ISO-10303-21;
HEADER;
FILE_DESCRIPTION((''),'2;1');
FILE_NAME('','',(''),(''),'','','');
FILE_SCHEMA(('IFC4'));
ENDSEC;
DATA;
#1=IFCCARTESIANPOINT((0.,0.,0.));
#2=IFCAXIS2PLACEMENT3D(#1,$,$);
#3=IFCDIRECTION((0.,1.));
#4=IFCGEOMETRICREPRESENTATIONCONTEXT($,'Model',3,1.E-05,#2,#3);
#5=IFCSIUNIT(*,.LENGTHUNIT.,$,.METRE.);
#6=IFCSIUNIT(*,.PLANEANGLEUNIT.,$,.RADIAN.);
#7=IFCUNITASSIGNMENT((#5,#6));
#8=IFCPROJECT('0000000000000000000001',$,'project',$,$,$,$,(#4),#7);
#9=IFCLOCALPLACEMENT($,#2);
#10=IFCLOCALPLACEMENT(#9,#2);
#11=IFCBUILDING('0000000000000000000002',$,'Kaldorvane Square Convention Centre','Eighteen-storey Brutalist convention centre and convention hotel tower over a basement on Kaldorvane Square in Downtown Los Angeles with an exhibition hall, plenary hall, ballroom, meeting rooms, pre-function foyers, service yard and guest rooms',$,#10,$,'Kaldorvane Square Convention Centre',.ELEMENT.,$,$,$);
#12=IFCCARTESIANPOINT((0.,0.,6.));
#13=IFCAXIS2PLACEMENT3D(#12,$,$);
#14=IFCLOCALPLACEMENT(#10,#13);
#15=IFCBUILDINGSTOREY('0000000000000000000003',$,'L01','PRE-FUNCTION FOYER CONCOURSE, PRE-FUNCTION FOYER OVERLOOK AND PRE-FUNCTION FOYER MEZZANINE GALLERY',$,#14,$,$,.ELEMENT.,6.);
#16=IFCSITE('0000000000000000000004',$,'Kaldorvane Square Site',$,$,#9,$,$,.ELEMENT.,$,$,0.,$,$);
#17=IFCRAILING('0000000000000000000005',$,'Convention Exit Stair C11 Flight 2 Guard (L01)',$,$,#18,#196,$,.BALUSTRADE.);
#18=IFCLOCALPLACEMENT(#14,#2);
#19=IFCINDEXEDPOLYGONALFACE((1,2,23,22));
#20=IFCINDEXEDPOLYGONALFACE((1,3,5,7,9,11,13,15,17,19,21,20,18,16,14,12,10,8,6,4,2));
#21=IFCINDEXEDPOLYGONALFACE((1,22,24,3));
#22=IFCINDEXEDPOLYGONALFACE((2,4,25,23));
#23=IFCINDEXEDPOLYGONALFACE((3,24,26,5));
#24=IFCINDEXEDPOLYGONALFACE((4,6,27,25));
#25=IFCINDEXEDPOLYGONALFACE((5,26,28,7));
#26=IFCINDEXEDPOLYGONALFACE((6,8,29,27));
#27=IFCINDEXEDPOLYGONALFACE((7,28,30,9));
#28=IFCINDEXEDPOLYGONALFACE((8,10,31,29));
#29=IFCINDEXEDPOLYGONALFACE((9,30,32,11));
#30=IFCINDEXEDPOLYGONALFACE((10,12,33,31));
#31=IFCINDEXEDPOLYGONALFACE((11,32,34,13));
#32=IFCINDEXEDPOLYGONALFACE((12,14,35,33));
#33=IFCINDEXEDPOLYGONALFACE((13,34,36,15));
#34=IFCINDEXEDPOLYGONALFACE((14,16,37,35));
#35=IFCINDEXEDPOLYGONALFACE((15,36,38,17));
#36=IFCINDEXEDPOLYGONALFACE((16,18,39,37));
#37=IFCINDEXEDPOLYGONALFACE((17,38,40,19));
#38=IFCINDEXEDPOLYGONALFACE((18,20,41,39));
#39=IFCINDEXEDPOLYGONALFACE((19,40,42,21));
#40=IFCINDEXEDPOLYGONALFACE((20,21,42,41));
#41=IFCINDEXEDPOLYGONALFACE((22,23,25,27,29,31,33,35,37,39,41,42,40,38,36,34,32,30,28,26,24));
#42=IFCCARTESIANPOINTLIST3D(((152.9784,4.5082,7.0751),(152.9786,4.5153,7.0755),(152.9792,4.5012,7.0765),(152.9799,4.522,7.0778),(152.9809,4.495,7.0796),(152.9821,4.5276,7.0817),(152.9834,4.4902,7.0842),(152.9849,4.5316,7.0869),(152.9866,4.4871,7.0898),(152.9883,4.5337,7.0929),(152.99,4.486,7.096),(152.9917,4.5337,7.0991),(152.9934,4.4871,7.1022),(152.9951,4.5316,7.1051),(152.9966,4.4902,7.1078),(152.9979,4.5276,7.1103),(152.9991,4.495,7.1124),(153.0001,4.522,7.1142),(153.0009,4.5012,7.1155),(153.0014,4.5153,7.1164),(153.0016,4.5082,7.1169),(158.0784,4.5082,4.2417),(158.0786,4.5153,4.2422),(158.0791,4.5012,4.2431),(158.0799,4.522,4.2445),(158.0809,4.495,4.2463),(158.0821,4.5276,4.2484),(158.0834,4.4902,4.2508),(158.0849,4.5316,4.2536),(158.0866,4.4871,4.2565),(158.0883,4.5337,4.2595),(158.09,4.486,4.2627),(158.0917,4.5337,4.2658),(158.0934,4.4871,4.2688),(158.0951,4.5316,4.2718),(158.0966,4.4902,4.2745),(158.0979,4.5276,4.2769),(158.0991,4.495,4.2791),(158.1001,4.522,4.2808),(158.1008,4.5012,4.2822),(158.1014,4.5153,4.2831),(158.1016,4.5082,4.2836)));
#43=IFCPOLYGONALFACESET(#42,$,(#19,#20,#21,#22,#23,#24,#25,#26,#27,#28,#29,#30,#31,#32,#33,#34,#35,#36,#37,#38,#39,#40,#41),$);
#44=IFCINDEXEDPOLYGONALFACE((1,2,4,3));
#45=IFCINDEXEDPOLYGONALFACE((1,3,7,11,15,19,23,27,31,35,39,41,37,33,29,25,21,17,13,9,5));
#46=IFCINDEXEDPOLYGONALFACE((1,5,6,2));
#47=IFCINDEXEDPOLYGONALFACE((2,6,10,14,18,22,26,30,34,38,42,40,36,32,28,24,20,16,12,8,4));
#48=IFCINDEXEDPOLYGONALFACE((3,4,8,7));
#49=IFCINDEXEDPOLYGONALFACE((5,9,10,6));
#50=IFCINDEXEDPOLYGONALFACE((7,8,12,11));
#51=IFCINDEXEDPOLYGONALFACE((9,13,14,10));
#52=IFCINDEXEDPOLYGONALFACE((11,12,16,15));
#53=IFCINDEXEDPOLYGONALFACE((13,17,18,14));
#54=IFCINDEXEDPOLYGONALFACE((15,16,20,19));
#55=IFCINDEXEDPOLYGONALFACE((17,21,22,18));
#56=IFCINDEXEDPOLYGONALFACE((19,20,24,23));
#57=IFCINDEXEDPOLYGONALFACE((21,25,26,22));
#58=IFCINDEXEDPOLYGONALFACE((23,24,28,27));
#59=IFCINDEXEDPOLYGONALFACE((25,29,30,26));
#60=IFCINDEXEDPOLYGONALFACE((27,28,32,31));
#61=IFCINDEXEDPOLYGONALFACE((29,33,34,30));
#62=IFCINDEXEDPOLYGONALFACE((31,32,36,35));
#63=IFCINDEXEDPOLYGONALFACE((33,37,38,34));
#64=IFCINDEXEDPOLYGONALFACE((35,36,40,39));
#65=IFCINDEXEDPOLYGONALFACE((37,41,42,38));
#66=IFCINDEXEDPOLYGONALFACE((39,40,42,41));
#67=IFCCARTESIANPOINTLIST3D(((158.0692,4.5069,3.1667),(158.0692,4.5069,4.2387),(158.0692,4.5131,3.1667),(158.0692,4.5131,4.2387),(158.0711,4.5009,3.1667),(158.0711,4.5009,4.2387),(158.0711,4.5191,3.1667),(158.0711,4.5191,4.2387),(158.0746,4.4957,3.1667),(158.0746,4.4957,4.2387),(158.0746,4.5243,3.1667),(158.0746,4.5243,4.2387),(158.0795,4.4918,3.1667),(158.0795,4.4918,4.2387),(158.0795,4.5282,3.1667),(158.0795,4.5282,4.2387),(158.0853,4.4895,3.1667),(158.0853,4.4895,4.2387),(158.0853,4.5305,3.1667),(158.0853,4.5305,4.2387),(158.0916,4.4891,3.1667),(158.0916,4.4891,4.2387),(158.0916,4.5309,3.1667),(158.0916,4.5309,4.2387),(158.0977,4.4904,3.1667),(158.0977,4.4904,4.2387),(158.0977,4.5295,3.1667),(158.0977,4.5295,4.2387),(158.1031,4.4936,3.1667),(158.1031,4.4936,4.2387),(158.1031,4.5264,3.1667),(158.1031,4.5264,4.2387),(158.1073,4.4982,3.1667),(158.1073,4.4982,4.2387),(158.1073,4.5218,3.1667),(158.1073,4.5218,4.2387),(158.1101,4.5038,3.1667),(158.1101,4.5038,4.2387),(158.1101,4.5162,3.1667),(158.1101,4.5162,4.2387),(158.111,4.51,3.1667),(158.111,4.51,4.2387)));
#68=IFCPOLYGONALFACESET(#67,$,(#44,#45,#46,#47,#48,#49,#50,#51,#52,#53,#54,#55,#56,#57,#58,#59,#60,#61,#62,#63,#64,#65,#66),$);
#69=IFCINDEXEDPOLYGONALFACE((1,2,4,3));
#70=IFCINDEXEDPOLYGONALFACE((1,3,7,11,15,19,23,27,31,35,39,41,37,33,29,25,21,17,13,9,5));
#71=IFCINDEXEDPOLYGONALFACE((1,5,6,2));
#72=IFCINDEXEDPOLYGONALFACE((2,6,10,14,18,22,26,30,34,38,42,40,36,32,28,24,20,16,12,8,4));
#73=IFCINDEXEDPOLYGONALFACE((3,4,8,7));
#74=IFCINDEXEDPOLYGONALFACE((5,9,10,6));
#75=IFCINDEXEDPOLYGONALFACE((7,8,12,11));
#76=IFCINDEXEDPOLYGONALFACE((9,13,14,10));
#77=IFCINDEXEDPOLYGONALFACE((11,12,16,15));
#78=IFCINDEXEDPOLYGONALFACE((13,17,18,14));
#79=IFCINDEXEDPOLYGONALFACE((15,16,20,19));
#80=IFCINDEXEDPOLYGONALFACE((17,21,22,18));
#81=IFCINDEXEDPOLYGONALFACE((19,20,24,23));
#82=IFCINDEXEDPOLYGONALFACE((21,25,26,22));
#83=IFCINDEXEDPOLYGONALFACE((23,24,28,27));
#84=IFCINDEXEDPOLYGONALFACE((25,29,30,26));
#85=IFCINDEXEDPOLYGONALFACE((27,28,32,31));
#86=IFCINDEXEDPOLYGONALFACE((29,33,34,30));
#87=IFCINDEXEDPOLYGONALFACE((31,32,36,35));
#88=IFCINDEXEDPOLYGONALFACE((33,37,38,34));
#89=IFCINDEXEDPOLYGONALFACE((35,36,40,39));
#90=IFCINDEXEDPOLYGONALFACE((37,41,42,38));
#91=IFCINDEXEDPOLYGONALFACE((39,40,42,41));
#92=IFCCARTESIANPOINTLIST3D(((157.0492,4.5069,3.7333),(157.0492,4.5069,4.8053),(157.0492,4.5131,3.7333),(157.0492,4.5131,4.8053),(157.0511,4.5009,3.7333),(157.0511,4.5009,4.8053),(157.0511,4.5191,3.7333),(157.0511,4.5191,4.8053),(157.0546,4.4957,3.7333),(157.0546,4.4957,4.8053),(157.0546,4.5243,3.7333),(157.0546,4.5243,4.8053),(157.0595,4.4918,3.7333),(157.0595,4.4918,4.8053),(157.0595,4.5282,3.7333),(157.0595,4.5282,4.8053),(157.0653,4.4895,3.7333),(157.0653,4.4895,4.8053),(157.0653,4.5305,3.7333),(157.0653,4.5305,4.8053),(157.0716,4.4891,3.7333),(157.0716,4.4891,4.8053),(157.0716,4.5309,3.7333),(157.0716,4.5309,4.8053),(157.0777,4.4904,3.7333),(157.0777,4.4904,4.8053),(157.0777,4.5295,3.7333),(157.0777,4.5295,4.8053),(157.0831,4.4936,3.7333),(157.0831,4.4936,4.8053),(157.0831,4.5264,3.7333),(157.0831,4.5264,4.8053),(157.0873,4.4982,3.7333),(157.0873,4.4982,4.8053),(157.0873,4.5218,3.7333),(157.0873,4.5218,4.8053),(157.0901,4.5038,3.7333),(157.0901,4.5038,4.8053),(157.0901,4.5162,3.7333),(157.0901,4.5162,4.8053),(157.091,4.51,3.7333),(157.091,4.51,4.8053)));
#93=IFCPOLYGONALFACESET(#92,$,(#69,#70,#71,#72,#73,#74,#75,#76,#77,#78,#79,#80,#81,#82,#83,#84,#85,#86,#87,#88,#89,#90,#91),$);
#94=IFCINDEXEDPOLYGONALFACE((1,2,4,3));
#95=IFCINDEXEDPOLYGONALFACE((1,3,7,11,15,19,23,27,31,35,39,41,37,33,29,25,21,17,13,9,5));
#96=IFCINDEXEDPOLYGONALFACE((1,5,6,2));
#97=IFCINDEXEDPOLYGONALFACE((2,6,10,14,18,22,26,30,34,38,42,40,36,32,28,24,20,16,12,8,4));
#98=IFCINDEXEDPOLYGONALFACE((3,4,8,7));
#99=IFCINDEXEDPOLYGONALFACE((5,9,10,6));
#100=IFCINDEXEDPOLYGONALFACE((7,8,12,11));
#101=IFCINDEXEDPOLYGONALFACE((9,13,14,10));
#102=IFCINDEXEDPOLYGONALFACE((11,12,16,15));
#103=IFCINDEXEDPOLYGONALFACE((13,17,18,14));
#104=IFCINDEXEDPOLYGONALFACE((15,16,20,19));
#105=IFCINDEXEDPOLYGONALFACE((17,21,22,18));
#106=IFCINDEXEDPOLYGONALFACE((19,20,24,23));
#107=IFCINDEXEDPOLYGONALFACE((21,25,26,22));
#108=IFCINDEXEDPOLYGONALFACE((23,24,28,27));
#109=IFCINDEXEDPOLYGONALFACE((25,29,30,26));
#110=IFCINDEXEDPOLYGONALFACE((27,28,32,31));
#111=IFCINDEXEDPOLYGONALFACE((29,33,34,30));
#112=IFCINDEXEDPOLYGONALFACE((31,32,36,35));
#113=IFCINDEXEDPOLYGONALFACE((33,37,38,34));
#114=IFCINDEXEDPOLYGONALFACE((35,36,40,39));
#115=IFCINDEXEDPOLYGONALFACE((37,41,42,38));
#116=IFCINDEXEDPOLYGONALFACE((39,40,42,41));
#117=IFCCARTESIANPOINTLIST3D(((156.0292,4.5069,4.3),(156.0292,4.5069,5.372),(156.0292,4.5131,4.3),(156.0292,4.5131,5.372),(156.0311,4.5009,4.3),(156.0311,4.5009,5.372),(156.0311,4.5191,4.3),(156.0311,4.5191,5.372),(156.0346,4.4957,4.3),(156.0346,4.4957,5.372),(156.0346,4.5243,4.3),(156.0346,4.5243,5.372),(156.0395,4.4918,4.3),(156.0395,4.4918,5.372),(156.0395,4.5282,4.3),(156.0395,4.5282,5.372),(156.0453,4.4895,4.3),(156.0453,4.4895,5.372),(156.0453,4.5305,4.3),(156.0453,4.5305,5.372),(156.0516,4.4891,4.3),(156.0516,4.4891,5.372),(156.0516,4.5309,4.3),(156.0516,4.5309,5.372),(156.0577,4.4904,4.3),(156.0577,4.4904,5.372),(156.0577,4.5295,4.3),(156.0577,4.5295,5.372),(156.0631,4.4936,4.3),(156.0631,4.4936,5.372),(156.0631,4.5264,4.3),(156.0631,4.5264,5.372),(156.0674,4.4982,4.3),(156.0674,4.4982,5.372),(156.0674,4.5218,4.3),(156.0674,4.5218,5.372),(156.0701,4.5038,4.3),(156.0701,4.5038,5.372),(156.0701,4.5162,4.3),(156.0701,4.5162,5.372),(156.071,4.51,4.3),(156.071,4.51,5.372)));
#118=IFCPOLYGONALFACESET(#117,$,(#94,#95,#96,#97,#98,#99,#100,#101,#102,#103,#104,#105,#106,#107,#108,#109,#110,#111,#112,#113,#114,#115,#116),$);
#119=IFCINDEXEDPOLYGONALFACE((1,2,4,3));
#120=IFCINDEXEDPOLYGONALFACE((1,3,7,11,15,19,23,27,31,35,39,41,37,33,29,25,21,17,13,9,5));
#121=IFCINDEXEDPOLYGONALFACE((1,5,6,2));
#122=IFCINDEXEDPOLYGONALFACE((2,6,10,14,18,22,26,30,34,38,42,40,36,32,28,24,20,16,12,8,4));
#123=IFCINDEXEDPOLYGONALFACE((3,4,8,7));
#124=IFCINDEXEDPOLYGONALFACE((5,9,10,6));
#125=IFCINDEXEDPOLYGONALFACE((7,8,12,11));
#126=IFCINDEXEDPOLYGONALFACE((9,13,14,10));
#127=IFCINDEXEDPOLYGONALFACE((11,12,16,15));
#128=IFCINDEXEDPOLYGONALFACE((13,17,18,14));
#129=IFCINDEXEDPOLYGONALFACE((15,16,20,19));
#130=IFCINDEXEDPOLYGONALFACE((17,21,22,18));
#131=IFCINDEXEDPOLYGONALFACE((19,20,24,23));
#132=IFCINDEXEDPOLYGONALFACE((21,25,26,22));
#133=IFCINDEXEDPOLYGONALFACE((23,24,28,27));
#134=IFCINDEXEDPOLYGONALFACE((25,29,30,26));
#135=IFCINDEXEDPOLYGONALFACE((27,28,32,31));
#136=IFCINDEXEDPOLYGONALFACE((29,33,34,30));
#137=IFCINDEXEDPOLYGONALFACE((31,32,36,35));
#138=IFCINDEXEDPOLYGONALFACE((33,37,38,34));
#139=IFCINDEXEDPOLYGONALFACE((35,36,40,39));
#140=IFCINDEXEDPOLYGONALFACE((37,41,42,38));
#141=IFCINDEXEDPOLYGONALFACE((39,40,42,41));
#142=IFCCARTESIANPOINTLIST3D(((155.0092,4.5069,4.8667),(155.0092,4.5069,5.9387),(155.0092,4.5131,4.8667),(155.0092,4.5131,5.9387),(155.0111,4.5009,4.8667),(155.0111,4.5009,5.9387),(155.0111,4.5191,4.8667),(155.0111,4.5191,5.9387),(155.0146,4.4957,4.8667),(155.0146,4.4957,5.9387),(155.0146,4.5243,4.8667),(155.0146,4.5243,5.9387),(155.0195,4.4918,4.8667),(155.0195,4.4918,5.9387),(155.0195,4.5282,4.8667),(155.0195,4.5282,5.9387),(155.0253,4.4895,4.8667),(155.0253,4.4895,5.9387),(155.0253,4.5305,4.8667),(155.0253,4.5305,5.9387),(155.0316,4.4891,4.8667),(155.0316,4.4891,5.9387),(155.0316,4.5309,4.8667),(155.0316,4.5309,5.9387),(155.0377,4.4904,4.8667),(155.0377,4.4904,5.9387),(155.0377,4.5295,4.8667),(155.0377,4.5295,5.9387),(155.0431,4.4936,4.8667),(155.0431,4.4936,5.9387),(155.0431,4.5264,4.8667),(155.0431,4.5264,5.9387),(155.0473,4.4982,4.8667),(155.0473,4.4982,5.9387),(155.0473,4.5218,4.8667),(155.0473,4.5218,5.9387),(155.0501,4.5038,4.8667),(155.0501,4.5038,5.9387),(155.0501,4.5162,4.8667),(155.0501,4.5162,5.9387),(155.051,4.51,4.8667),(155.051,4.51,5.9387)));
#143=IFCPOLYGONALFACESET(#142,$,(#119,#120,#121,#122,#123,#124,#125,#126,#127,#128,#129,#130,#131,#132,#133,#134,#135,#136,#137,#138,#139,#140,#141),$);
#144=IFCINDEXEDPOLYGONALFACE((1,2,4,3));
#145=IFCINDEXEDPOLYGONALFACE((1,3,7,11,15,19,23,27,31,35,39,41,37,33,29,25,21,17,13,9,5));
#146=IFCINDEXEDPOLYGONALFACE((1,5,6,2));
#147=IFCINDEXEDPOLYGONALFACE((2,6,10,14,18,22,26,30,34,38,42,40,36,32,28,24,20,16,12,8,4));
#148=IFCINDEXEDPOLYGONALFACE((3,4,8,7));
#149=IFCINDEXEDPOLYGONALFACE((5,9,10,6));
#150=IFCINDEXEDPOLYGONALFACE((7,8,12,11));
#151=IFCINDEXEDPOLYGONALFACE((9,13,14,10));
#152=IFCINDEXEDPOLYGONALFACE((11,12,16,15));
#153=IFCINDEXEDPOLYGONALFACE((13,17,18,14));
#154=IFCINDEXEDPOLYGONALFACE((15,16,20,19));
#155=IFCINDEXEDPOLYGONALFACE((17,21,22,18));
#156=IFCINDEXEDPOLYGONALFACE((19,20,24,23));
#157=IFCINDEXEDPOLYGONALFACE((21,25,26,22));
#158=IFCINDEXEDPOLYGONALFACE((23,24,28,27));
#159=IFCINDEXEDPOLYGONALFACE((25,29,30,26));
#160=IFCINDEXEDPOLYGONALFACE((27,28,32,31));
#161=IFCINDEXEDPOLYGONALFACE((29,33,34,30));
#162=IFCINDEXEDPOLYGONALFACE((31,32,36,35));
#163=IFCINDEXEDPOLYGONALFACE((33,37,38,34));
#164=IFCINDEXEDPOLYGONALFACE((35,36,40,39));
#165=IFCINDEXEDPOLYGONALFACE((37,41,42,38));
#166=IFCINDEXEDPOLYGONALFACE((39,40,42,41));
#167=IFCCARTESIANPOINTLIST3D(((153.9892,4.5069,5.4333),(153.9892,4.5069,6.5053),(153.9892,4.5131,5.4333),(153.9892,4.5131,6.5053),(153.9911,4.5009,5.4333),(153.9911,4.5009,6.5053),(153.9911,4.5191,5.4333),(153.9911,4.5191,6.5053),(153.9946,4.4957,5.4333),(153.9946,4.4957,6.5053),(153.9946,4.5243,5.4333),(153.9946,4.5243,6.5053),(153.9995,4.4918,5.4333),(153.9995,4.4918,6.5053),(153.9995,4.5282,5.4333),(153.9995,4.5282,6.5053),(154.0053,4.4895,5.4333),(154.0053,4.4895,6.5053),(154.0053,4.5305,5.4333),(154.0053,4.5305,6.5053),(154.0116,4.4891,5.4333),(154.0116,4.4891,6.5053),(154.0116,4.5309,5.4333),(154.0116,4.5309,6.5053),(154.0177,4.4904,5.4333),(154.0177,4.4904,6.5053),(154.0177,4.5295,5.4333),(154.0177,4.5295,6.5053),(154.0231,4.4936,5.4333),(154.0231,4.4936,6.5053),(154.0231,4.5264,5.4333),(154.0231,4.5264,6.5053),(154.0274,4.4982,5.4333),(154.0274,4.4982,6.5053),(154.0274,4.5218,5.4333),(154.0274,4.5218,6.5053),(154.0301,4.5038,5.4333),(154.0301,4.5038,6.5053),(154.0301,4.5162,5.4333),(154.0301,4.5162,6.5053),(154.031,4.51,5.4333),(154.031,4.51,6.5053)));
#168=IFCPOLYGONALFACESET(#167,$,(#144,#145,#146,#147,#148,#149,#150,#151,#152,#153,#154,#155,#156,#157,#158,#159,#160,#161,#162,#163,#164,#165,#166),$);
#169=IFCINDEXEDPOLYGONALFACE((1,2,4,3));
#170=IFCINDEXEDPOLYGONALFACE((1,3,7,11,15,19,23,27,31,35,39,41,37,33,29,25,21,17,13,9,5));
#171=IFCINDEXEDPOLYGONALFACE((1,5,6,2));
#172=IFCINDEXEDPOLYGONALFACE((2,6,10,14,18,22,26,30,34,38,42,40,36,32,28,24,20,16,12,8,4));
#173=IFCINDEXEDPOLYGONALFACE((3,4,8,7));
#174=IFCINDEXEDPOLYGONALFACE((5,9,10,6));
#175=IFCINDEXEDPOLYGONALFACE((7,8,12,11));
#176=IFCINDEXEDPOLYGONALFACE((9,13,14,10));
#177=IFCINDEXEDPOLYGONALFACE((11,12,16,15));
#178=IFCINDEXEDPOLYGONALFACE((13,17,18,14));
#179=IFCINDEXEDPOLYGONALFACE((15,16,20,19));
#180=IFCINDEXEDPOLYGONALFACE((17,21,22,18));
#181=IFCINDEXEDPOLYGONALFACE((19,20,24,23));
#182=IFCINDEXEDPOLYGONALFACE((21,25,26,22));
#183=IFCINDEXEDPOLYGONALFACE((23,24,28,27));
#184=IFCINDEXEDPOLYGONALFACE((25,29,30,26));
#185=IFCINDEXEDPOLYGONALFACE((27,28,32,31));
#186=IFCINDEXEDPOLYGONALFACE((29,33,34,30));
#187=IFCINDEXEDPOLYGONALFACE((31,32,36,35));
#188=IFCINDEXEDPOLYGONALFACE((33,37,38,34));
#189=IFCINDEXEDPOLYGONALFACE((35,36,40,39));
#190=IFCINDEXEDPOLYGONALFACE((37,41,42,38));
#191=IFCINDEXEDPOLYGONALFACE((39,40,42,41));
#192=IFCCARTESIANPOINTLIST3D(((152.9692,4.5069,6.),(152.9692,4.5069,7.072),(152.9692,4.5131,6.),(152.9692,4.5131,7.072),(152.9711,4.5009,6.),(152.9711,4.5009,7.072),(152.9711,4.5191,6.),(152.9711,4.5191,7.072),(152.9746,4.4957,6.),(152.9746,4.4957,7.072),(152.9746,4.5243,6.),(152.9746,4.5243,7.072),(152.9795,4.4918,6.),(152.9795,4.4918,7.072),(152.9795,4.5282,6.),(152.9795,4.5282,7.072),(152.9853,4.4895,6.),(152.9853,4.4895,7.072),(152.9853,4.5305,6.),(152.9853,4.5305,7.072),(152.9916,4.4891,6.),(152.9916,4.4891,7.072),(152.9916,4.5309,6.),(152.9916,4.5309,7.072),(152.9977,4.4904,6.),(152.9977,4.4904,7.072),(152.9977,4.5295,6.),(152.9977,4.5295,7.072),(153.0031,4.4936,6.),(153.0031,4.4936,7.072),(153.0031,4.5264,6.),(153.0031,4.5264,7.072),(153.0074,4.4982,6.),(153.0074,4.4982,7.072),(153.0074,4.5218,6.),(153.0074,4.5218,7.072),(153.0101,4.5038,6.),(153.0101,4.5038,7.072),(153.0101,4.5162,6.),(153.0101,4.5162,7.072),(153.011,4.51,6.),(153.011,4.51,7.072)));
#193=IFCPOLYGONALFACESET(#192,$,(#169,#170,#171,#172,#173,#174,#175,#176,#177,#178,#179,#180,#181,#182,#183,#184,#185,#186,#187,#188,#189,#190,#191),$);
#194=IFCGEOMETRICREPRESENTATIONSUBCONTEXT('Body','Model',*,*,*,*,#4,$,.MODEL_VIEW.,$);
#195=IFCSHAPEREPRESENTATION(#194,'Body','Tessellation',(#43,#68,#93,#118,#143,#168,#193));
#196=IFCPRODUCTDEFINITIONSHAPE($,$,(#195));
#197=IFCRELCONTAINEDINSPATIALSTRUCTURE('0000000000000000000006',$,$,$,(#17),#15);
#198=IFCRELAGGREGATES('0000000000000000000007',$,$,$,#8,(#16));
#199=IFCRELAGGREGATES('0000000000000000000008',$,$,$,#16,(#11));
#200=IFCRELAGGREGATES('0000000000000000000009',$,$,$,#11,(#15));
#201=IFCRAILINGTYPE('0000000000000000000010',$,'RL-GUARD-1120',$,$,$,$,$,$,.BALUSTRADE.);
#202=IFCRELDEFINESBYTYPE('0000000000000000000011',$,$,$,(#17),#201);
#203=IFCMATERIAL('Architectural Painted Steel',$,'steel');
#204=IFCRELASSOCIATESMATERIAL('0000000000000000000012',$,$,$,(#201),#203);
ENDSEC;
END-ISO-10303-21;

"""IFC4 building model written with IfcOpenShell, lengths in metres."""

from ifc_helpers import new_model, si_unit, direction, frame, origin, origin_2d, place, context, subcontext, project, spatial, circle, extrude, material, type_object, element, save


model = new_model("IFC4")

# Units and contexts
model_context = context("Model", 3, precision=1e-05, world=origin(), true_north=direction((0.0, 1.0)))
body_context = subcontext(model_context, "Body", "Model", "MODEL_VIEW")
ifc_project = project(units=[si_unit("LENGTHUNIT", "METRE"), si_unit("PLANEANGLEUNIT", "RADIAN")], contexts=[model_context])

# Site, building, storey
site_placement = place(None, origin())
site = spatial("IfcSite", under=ifc_project, at=site_placement, Name="Kaldorvane Square Site", CompositionType="ELEMENT", RefElevation=0.0)
building_placement = place(site_placement, origin())
building = spatial("IfcBuilding", under=site, at=building_placement, Name="Kaldorvane Square Convention Centre", Description="Eighteen-storey Brutalist convention centre and convention hotel tower over a basement on Kaldorvane Square in Downtown Los Angeles with an exhibition hall, plenary hall, ballroom, meeting rooms, pre-function foyers, service yard and guest rooms", LongName="Kaldorvane Square Convention Centre", CompositionType="ELEMENT")
storey_placement = place(building_placement, frame((0.0, 0.0, 6.0)))
storey = spatial("IfcBuildingStorey", under=building, at=storey_placement, Name="L01", Description="PRE-FUNCTION FOYER CONCOURSE, PRE-FUNCTION FOYER OVERLOOK AND PRE-FUNCTION FOYER MEZZANINE GALLERY", CompositionType="ELEMENT", Elevation=6.0)

# Railing
ifc_material_1 = material(Name="Architectural Painted Steel", Category="steel")
railing_type_1 = type_object("IfcRailingType", Name="RL-GUARD-1120", PredefinedType="BALUSTRADE", material=ifc_material_1)
railing_1_placement = place(storey_placement, frame((158.09, 4.51, 3.1667)))
element("IfcRailing", 1, at=railing_1_placement, inside=storey, type_object=railing_type_1, Name="Convention Exit Stair C11 Flight 2 Guard (L01)", PredefinedType="BALUSTRADE", context=body_context, shape_type="SweptSolid", body=[
    extrude(circle(Radius=0.024, at=origin_2d()), frame((0.0, 0.0, 1.096), z_axis=(-0.874157, 0.0, 0.485643), x_axis=(0.0, -1.0, 0.0)), (0.0, 0.0, 1.0), 5.8342),
    extrude(circle(Radius=0.021, at=origin_2d()), origin(), (0.0, 0.0, 1.0), 1.072),
    extrude(circle(Radius=0.021, at=origin_2d()), frame((-1.02, 0.0, 0.5667)), (0.0, 0.0, 1.0), 1.072),
    extrude(circle(Radius=0.021, at=origin_2d()), frame((-2.04, 0.0, 1.1333)), (0.0, 0.0, 1.0), 1.072),
    extrude(circle(Radius=0.021, at=origin_2d()), frame((-3.06, 0.0, 1.7)), (0.0, 0.0, 1.0), 1.072),
    extrude(circle(Radius=0.021, at=origin_2d()), frame((-4.08, 0.0, 2.2667)), (0.0, 0.0, 1.0), 1.072),
    extrude(circle(Radius=0.021, at=origin_2d()), frame((-5.1, 0.0, 2.8333)), (0.0, 0.0, 1.0), 1.072),
])

save(model, "model.ifc")
